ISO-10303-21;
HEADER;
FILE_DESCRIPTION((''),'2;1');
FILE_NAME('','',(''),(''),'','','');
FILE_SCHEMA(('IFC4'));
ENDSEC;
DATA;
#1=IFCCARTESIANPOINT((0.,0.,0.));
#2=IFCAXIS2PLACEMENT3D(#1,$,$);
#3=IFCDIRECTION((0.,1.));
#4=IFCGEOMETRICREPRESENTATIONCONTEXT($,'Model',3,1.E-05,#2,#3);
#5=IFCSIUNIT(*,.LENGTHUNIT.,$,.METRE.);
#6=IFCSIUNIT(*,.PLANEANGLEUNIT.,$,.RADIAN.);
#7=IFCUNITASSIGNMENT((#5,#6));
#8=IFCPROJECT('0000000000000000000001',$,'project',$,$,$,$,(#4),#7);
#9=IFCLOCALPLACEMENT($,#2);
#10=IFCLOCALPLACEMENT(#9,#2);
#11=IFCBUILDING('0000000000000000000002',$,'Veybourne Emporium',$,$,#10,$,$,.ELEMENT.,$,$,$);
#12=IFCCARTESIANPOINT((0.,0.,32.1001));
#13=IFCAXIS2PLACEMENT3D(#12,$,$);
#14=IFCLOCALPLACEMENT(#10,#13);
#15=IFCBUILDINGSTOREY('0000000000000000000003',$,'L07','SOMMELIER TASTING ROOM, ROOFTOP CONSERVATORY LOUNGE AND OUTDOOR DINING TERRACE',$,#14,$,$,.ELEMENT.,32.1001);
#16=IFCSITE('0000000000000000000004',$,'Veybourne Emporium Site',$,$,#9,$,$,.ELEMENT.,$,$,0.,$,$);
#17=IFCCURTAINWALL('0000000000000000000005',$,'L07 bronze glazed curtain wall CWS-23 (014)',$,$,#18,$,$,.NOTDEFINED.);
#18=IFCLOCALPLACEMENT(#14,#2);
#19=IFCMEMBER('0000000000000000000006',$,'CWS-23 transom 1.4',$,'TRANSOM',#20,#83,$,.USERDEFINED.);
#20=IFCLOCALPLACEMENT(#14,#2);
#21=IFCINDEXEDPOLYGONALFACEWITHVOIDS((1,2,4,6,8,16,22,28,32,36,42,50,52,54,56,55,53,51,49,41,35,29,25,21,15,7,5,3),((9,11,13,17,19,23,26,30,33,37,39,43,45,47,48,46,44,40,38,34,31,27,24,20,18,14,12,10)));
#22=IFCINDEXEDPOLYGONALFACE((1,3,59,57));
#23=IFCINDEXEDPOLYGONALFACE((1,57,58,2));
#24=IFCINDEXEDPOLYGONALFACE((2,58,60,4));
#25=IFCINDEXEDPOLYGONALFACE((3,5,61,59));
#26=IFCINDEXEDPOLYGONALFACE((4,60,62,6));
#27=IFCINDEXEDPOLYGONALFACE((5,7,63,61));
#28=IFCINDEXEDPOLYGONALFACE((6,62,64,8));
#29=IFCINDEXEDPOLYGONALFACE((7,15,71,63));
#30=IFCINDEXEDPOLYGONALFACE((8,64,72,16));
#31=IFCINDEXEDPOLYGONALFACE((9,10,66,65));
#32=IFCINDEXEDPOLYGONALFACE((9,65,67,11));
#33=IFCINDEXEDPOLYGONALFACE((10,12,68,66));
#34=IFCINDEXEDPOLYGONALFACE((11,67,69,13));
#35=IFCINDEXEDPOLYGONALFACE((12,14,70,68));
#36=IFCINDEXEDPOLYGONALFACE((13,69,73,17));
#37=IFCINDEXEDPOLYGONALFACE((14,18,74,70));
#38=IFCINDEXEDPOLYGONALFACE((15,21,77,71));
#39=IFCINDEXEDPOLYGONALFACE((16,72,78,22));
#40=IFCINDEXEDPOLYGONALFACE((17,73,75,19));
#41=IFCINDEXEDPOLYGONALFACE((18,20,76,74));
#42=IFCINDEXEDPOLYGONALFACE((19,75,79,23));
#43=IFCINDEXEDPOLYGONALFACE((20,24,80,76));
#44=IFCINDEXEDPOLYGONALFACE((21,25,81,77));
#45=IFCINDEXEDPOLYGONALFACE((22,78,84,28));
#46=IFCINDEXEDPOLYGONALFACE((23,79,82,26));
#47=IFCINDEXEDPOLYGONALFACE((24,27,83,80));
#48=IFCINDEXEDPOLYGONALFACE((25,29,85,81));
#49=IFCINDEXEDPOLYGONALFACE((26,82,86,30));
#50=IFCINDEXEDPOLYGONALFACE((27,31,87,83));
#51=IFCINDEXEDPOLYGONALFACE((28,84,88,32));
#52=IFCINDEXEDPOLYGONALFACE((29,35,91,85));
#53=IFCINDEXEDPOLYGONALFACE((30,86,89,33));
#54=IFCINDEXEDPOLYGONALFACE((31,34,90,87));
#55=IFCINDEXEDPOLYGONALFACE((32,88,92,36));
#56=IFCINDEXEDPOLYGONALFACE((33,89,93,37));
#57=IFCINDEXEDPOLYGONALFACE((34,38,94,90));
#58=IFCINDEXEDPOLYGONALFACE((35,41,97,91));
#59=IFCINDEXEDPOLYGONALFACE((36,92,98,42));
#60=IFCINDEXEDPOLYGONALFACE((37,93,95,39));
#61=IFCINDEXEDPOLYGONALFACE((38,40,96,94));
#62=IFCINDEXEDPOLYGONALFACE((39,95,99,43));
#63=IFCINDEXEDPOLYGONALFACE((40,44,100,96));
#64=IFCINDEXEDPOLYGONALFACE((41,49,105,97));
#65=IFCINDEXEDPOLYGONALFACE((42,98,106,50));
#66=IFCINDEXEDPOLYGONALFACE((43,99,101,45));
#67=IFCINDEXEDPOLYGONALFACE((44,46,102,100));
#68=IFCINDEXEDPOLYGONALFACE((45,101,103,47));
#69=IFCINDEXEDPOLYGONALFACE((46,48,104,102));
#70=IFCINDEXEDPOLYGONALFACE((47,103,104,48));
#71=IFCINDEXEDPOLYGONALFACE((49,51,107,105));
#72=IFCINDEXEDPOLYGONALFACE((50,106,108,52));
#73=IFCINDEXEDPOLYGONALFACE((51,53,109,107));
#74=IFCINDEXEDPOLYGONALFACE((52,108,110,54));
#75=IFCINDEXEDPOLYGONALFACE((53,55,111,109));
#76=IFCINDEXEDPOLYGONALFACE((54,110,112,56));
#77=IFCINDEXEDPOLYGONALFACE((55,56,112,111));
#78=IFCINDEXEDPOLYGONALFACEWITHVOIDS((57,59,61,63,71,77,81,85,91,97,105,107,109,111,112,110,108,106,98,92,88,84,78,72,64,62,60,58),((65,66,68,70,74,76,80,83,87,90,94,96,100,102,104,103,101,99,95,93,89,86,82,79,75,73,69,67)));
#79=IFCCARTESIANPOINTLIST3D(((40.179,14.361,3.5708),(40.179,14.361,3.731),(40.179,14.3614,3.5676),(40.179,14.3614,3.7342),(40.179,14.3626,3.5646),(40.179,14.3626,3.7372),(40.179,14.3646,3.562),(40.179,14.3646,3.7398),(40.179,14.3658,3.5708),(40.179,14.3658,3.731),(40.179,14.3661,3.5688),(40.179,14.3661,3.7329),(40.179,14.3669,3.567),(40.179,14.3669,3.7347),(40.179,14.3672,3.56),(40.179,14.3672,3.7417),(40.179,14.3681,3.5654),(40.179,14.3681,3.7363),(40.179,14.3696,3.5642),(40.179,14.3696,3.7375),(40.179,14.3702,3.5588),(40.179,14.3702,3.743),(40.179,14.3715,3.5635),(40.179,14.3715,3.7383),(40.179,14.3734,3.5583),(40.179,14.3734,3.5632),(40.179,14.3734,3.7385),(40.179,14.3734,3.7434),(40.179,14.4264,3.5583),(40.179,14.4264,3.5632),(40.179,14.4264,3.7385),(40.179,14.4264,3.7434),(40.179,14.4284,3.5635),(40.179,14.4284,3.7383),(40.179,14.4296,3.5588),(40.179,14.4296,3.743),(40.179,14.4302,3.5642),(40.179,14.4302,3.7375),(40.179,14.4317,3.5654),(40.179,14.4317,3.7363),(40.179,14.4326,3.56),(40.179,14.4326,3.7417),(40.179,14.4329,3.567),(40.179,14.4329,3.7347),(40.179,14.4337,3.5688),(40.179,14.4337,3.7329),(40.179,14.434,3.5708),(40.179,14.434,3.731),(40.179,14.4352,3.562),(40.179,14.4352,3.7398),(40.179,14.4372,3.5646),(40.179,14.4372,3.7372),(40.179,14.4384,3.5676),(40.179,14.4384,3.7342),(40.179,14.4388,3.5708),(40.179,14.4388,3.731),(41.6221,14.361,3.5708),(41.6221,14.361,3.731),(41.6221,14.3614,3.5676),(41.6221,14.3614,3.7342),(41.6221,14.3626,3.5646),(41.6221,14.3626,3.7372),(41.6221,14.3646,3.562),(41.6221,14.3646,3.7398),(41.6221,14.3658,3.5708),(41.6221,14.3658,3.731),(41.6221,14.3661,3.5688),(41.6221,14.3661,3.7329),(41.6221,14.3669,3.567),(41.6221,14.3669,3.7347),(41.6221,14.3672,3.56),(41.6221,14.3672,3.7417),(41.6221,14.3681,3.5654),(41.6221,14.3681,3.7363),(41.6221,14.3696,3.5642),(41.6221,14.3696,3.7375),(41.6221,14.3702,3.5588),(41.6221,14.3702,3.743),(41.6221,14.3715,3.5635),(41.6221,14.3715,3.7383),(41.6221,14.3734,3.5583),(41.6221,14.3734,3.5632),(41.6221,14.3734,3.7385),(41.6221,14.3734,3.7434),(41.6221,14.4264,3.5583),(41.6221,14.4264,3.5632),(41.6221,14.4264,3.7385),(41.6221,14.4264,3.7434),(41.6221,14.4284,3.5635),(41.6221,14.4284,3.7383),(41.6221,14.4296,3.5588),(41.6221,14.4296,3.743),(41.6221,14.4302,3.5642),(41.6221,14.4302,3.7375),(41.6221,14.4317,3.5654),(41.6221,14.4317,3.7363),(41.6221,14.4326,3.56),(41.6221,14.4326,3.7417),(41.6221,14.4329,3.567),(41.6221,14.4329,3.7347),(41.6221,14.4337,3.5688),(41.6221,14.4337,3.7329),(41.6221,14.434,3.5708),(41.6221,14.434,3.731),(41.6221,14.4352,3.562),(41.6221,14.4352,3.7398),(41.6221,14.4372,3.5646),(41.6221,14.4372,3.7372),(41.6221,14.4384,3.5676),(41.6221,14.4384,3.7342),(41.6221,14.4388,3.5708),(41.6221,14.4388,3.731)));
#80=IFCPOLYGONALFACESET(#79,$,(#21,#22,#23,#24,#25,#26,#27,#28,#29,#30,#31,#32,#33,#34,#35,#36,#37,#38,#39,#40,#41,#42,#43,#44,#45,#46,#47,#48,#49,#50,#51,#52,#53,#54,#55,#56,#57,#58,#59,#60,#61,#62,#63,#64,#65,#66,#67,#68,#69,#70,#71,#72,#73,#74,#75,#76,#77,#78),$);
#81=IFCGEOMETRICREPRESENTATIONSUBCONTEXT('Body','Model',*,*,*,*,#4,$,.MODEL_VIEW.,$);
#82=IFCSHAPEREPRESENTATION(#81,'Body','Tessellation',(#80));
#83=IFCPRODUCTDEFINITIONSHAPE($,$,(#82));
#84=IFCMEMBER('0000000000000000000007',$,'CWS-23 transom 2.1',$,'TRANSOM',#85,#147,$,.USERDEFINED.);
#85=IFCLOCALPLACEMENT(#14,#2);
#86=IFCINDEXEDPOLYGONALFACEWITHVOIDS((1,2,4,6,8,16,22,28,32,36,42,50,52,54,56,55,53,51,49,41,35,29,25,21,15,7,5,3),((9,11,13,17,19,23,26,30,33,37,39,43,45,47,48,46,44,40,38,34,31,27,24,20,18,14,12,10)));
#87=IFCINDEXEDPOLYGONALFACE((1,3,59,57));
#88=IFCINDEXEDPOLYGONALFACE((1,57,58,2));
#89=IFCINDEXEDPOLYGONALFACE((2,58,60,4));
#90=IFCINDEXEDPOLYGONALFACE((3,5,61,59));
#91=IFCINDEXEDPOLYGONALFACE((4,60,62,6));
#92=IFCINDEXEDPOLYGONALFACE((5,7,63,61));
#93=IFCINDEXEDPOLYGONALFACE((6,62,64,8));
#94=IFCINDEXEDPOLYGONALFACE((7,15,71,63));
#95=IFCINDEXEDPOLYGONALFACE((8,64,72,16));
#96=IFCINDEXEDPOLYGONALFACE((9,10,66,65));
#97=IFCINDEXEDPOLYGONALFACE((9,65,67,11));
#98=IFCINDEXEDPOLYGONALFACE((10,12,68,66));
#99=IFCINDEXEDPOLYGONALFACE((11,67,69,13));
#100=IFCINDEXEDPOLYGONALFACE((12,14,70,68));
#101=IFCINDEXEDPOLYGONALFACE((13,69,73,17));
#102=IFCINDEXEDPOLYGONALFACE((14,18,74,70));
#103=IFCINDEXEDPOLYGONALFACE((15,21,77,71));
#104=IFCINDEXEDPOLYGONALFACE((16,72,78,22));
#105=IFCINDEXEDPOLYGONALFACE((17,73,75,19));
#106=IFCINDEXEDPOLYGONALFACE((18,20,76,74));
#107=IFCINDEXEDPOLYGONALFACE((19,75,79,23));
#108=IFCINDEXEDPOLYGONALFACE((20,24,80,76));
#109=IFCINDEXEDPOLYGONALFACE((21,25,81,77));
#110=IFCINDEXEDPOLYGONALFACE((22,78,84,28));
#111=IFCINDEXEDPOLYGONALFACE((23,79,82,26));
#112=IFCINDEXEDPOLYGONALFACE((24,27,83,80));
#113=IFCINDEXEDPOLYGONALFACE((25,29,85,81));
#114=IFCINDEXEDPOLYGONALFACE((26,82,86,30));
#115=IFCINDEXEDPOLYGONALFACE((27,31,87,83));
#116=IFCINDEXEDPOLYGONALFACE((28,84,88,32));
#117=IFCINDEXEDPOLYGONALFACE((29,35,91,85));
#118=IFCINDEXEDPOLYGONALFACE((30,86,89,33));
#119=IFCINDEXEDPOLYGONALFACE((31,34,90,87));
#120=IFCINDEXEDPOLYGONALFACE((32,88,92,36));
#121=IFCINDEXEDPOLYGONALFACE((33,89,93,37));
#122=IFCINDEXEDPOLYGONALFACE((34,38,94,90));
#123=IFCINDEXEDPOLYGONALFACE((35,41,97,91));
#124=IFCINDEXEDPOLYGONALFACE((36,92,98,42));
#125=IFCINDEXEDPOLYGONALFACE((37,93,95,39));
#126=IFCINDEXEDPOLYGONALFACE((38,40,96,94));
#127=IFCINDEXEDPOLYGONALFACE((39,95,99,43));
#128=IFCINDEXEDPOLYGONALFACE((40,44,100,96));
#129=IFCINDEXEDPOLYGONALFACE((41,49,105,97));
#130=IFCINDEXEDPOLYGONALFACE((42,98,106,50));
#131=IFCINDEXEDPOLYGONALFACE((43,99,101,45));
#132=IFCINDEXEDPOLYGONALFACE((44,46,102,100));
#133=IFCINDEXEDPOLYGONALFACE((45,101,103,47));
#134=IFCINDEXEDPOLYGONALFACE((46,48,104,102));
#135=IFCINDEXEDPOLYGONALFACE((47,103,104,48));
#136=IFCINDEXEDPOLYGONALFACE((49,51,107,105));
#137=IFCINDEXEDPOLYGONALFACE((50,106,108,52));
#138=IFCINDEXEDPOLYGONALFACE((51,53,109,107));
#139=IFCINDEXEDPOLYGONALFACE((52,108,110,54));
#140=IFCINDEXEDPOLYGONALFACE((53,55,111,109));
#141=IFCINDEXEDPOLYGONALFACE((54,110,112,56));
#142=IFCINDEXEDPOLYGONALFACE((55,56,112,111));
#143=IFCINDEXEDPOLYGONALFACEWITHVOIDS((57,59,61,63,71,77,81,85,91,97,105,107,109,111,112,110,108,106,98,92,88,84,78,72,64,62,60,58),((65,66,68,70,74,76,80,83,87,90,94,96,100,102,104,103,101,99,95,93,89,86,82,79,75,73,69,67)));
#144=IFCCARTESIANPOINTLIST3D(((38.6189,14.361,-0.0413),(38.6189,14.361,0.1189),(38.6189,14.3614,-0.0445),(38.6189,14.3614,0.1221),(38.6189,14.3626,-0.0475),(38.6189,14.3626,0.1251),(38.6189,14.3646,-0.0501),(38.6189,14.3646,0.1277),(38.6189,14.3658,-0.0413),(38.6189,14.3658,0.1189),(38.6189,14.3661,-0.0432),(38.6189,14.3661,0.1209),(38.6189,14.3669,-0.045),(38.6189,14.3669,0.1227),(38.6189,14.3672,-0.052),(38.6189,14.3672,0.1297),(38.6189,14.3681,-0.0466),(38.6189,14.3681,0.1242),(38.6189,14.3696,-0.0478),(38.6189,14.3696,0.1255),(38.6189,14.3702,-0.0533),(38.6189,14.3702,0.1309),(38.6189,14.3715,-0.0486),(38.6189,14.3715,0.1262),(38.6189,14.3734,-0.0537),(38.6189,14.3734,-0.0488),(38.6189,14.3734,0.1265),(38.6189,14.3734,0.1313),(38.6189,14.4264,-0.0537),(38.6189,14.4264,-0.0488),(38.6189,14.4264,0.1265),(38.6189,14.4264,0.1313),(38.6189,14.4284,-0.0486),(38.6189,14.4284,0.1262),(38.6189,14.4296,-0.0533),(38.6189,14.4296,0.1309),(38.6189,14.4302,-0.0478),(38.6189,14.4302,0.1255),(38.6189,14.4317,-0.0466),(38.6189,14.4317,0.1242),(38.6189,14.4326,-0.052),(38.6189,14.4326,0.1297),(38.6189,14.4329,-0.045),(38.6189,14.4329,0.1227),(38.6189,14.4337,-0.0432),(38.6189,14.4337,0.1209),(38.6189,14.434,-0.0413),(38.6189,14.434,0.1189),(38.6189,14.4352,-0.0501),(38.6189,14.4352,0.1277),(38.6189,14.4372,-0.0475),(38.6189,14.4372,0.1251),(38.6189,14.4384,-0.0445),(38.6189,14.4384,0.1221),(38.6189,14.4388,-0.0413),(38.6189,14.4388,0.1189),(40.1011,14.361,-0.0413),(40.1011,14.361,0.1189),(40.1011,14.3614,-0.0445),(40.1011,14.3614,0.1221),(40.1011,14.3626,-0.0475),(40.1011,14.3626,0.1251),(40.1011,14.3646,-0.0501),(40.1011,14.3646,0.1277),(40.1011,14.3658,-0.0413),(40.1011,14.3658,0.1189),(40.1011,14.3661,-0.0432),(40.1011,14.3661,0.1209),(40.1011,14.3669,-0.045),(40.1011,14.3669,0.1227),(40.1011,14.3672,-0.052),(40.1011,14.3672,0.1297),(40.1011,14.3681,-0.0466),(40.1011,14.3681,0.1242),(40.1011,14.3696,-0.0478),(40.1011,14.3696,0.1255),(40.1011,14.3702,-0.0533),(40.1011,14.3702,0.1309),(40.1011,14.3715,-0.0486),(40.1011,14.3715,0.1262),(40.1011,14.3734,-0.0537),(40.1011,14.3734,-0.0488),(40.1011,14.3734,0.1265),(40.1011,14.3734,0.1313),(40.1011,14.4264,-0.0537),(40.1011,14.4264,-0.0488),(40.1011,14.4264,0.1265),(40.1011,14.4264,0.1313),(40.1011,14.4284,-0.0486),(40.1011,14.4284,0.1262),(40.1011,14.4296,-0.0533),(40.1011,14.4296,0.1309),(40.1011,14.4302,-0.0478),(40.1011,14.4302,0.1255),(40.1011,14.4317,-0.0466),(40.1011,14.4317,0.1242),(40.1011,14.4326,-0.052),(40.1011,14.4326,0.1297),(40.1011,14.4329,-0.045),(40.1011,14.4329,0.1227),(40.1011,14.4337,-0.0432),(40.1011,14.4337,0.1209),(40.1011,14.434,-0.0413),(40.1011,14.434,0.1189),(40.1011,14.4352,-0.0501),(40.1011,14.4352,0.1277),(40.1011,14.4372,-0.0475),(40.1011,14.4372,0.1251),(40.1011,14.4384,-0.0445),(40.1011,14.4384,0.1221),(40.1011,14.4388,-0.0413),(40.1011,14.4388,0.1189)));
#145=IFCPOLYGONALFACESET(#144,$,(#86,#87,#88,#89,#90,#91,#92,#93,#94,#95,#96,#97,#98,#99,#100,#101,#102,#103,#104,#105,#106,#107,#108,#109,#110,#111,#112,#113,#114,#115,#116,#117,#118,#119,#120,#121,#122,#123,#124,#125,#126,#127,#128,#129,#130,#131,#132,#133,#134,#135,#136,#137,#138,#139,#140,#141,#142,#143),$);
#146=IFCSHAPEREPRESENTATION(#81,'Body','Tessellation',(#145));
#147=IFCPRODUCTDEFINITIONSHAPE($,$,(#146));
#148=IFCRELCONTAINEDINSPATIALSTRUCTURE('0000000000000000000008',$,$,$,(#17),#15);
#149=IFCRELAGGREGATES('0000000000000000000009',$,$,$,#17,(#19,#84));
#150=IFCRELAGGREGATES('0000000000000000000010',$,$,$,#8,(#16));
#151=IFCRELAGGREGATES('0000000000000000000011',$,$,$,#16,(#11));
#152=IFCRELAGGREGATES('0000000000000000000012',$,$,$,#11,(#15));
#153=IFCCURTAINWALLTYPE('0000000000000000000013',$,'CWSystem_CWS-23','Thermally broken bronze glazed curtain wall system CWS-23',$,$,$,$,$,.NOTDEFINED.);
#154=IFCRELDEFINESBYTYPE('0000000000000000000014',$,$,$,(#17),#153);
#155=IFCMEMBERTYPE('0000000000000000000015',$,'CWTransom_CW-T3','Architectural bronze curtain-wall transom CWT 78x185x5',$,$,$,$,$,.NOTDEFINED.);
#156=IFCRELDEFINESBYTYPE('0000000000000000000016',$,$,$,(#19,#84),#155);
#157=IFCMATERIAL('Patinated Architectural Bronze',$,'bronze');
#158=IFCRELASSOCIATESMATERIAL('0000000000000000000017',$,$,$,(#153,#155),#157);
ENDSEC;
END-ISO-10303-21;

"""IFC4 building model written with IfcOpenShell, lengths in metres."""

from ifc_helpers import new_model, si_unit, direction, frame, origin, origin_2d, place, context, subcontext, project, spatial, hollow_rectangle, extrude, material, material_profile, profile_set, type_object, element, aggregate, save


model = new_model("IFC4")

# Units and contexts
model_context = context("Model", 3, precision=1e-05, world=origin(), true_north=direction((0.0, 1.0)))
body_context = subcontext(model_context, "Body", "Model", "MODEL_VIEW")
ifc_project = project(units=[si_unit("LENGTHUNIT", "METRE"), si_unit("PLANEANGLEUNIT", "RADIAN")], contexts=[model_context])

# Site, building, storey
site_placement = place(None, origin())
site = spatial("IfcSite", under=ifc_project, at=site_placement, Name="Veybourne Emporium Site", CompositionType="ELEMENT", RefElevation=0.0)
building_placement = place(site_placement, origin())
building = spatial("IfcBuilding", under=site, at=building_placement, Name="Veybourne Emporium", CompositionType="ELEMENT")
storey_placement = place(building_placement, frame((0.0, 0.0, 32.1001)))
storey = spatial("IfcBuildingStorey", under=building, at=storey_placement, Name="L07", Description="SOMMELIER TASTING ROOM, ROOFTOP CONSERVATORY LOUNGE AND OUTDOOR DINING TERRACE", CompositionType="ELEMENT", Elevation=32.1001)

# Curtain wall
ifc_material_1 = material(Name="Patinated Architectural Bronze", Category="bronze")
curtain_wall_type_1 = type_object("IfcCurtainWallType", Name="CWSystem_CWS-23", Description="Thermally broken bronze glazed curtain wall system CWS-23", PredefinedType="NOTDEFINED", material=ifc_material_1)
curtain_wall_1_placement = place(storey_placement, origin())
curtain_wall_1 = element("IfcCurtainWall", 1, at=curtain_wall_1_placement, inside=storey, type_object=curtain_wall_type_1, Name="L07 bronze glazed curtain wall CWS-23 (014)", PredefinedType="NOTDEFINED")

# Members
ifc_material_profile_1 = material_profile(ifc_material_1, hollow_rectangle(XDim=0.0779, YDim=0.1851, WallThickness=0.0049, InnerFilletRadius=0.0076, OuterFilletRadius=0.0125, at=origin_2d()), Name="CWT 78x185x5")
ifc_profile_set_1 = profile_set([ifc_material_profile_1], Name="Patinated Architectural Bronze")
member_type_1 = type_object("IfcMemberType", Name="CWTransom_CW-T3", Description="Architectural bronze curtain-wall transom CWT 78x185x5", PredefinedType="NOTDEFINED", material=ifc_profile_set_1)
member_1_placement = place(storey_placement, frame((41.6221, 14.3999, 3.6509), z_axis=(-1.0, 0.0, 0.0), x_axis=(0.0, -1.0, 0.0)))
member_1 = element("IfcMember", 2, at=member_1_placement, type_object=member_type_1, Name="CWS-23 transom 1.4", ObjectType="TRANSOM", PredefinedType="USERDEFINED", context=body_context, shape_type="SweptSolid", body=[
    extrude(hollow_rectangle(XDim=0.0779, YDim=0.1851, WallThickness=0.0049, InnerFilletRadius=0.0076, OuterFilletRadius=0.0125, at=origin_2d()), origin(), (0.0, 0.0, 1.0), 1.4431),
])
member_2_placement = place(storey_placement, frame((40.1011, 14.3999, 0.0388), z_axis=(-1.0, 0.0, 0.0), x_axis=(0.0, -1.0, 0.0)))
member_2 = element("IfcMember", 3, at=member_2_placement, type_object=member_type_1, Name="CWS-23 transom 2.1", ObjectType="TRANSOM", PredefinedType="USERDEFINED", context=body_context, shape_type="SweptSolid", body=[
    extrude(hollow_rectangle(XDim=0.0779, YDim=0.1851, WallThickness=0.0049, InnerFilletRadius=0.0076, OuterFilletRadius=0.0125, at=origin_2d()), origin(), (0.0, 0.0, 1.0), 1.4822),
])

aggregate(curtain_wall_1, [member_1, member_2])

save(model, "model.ifc")
